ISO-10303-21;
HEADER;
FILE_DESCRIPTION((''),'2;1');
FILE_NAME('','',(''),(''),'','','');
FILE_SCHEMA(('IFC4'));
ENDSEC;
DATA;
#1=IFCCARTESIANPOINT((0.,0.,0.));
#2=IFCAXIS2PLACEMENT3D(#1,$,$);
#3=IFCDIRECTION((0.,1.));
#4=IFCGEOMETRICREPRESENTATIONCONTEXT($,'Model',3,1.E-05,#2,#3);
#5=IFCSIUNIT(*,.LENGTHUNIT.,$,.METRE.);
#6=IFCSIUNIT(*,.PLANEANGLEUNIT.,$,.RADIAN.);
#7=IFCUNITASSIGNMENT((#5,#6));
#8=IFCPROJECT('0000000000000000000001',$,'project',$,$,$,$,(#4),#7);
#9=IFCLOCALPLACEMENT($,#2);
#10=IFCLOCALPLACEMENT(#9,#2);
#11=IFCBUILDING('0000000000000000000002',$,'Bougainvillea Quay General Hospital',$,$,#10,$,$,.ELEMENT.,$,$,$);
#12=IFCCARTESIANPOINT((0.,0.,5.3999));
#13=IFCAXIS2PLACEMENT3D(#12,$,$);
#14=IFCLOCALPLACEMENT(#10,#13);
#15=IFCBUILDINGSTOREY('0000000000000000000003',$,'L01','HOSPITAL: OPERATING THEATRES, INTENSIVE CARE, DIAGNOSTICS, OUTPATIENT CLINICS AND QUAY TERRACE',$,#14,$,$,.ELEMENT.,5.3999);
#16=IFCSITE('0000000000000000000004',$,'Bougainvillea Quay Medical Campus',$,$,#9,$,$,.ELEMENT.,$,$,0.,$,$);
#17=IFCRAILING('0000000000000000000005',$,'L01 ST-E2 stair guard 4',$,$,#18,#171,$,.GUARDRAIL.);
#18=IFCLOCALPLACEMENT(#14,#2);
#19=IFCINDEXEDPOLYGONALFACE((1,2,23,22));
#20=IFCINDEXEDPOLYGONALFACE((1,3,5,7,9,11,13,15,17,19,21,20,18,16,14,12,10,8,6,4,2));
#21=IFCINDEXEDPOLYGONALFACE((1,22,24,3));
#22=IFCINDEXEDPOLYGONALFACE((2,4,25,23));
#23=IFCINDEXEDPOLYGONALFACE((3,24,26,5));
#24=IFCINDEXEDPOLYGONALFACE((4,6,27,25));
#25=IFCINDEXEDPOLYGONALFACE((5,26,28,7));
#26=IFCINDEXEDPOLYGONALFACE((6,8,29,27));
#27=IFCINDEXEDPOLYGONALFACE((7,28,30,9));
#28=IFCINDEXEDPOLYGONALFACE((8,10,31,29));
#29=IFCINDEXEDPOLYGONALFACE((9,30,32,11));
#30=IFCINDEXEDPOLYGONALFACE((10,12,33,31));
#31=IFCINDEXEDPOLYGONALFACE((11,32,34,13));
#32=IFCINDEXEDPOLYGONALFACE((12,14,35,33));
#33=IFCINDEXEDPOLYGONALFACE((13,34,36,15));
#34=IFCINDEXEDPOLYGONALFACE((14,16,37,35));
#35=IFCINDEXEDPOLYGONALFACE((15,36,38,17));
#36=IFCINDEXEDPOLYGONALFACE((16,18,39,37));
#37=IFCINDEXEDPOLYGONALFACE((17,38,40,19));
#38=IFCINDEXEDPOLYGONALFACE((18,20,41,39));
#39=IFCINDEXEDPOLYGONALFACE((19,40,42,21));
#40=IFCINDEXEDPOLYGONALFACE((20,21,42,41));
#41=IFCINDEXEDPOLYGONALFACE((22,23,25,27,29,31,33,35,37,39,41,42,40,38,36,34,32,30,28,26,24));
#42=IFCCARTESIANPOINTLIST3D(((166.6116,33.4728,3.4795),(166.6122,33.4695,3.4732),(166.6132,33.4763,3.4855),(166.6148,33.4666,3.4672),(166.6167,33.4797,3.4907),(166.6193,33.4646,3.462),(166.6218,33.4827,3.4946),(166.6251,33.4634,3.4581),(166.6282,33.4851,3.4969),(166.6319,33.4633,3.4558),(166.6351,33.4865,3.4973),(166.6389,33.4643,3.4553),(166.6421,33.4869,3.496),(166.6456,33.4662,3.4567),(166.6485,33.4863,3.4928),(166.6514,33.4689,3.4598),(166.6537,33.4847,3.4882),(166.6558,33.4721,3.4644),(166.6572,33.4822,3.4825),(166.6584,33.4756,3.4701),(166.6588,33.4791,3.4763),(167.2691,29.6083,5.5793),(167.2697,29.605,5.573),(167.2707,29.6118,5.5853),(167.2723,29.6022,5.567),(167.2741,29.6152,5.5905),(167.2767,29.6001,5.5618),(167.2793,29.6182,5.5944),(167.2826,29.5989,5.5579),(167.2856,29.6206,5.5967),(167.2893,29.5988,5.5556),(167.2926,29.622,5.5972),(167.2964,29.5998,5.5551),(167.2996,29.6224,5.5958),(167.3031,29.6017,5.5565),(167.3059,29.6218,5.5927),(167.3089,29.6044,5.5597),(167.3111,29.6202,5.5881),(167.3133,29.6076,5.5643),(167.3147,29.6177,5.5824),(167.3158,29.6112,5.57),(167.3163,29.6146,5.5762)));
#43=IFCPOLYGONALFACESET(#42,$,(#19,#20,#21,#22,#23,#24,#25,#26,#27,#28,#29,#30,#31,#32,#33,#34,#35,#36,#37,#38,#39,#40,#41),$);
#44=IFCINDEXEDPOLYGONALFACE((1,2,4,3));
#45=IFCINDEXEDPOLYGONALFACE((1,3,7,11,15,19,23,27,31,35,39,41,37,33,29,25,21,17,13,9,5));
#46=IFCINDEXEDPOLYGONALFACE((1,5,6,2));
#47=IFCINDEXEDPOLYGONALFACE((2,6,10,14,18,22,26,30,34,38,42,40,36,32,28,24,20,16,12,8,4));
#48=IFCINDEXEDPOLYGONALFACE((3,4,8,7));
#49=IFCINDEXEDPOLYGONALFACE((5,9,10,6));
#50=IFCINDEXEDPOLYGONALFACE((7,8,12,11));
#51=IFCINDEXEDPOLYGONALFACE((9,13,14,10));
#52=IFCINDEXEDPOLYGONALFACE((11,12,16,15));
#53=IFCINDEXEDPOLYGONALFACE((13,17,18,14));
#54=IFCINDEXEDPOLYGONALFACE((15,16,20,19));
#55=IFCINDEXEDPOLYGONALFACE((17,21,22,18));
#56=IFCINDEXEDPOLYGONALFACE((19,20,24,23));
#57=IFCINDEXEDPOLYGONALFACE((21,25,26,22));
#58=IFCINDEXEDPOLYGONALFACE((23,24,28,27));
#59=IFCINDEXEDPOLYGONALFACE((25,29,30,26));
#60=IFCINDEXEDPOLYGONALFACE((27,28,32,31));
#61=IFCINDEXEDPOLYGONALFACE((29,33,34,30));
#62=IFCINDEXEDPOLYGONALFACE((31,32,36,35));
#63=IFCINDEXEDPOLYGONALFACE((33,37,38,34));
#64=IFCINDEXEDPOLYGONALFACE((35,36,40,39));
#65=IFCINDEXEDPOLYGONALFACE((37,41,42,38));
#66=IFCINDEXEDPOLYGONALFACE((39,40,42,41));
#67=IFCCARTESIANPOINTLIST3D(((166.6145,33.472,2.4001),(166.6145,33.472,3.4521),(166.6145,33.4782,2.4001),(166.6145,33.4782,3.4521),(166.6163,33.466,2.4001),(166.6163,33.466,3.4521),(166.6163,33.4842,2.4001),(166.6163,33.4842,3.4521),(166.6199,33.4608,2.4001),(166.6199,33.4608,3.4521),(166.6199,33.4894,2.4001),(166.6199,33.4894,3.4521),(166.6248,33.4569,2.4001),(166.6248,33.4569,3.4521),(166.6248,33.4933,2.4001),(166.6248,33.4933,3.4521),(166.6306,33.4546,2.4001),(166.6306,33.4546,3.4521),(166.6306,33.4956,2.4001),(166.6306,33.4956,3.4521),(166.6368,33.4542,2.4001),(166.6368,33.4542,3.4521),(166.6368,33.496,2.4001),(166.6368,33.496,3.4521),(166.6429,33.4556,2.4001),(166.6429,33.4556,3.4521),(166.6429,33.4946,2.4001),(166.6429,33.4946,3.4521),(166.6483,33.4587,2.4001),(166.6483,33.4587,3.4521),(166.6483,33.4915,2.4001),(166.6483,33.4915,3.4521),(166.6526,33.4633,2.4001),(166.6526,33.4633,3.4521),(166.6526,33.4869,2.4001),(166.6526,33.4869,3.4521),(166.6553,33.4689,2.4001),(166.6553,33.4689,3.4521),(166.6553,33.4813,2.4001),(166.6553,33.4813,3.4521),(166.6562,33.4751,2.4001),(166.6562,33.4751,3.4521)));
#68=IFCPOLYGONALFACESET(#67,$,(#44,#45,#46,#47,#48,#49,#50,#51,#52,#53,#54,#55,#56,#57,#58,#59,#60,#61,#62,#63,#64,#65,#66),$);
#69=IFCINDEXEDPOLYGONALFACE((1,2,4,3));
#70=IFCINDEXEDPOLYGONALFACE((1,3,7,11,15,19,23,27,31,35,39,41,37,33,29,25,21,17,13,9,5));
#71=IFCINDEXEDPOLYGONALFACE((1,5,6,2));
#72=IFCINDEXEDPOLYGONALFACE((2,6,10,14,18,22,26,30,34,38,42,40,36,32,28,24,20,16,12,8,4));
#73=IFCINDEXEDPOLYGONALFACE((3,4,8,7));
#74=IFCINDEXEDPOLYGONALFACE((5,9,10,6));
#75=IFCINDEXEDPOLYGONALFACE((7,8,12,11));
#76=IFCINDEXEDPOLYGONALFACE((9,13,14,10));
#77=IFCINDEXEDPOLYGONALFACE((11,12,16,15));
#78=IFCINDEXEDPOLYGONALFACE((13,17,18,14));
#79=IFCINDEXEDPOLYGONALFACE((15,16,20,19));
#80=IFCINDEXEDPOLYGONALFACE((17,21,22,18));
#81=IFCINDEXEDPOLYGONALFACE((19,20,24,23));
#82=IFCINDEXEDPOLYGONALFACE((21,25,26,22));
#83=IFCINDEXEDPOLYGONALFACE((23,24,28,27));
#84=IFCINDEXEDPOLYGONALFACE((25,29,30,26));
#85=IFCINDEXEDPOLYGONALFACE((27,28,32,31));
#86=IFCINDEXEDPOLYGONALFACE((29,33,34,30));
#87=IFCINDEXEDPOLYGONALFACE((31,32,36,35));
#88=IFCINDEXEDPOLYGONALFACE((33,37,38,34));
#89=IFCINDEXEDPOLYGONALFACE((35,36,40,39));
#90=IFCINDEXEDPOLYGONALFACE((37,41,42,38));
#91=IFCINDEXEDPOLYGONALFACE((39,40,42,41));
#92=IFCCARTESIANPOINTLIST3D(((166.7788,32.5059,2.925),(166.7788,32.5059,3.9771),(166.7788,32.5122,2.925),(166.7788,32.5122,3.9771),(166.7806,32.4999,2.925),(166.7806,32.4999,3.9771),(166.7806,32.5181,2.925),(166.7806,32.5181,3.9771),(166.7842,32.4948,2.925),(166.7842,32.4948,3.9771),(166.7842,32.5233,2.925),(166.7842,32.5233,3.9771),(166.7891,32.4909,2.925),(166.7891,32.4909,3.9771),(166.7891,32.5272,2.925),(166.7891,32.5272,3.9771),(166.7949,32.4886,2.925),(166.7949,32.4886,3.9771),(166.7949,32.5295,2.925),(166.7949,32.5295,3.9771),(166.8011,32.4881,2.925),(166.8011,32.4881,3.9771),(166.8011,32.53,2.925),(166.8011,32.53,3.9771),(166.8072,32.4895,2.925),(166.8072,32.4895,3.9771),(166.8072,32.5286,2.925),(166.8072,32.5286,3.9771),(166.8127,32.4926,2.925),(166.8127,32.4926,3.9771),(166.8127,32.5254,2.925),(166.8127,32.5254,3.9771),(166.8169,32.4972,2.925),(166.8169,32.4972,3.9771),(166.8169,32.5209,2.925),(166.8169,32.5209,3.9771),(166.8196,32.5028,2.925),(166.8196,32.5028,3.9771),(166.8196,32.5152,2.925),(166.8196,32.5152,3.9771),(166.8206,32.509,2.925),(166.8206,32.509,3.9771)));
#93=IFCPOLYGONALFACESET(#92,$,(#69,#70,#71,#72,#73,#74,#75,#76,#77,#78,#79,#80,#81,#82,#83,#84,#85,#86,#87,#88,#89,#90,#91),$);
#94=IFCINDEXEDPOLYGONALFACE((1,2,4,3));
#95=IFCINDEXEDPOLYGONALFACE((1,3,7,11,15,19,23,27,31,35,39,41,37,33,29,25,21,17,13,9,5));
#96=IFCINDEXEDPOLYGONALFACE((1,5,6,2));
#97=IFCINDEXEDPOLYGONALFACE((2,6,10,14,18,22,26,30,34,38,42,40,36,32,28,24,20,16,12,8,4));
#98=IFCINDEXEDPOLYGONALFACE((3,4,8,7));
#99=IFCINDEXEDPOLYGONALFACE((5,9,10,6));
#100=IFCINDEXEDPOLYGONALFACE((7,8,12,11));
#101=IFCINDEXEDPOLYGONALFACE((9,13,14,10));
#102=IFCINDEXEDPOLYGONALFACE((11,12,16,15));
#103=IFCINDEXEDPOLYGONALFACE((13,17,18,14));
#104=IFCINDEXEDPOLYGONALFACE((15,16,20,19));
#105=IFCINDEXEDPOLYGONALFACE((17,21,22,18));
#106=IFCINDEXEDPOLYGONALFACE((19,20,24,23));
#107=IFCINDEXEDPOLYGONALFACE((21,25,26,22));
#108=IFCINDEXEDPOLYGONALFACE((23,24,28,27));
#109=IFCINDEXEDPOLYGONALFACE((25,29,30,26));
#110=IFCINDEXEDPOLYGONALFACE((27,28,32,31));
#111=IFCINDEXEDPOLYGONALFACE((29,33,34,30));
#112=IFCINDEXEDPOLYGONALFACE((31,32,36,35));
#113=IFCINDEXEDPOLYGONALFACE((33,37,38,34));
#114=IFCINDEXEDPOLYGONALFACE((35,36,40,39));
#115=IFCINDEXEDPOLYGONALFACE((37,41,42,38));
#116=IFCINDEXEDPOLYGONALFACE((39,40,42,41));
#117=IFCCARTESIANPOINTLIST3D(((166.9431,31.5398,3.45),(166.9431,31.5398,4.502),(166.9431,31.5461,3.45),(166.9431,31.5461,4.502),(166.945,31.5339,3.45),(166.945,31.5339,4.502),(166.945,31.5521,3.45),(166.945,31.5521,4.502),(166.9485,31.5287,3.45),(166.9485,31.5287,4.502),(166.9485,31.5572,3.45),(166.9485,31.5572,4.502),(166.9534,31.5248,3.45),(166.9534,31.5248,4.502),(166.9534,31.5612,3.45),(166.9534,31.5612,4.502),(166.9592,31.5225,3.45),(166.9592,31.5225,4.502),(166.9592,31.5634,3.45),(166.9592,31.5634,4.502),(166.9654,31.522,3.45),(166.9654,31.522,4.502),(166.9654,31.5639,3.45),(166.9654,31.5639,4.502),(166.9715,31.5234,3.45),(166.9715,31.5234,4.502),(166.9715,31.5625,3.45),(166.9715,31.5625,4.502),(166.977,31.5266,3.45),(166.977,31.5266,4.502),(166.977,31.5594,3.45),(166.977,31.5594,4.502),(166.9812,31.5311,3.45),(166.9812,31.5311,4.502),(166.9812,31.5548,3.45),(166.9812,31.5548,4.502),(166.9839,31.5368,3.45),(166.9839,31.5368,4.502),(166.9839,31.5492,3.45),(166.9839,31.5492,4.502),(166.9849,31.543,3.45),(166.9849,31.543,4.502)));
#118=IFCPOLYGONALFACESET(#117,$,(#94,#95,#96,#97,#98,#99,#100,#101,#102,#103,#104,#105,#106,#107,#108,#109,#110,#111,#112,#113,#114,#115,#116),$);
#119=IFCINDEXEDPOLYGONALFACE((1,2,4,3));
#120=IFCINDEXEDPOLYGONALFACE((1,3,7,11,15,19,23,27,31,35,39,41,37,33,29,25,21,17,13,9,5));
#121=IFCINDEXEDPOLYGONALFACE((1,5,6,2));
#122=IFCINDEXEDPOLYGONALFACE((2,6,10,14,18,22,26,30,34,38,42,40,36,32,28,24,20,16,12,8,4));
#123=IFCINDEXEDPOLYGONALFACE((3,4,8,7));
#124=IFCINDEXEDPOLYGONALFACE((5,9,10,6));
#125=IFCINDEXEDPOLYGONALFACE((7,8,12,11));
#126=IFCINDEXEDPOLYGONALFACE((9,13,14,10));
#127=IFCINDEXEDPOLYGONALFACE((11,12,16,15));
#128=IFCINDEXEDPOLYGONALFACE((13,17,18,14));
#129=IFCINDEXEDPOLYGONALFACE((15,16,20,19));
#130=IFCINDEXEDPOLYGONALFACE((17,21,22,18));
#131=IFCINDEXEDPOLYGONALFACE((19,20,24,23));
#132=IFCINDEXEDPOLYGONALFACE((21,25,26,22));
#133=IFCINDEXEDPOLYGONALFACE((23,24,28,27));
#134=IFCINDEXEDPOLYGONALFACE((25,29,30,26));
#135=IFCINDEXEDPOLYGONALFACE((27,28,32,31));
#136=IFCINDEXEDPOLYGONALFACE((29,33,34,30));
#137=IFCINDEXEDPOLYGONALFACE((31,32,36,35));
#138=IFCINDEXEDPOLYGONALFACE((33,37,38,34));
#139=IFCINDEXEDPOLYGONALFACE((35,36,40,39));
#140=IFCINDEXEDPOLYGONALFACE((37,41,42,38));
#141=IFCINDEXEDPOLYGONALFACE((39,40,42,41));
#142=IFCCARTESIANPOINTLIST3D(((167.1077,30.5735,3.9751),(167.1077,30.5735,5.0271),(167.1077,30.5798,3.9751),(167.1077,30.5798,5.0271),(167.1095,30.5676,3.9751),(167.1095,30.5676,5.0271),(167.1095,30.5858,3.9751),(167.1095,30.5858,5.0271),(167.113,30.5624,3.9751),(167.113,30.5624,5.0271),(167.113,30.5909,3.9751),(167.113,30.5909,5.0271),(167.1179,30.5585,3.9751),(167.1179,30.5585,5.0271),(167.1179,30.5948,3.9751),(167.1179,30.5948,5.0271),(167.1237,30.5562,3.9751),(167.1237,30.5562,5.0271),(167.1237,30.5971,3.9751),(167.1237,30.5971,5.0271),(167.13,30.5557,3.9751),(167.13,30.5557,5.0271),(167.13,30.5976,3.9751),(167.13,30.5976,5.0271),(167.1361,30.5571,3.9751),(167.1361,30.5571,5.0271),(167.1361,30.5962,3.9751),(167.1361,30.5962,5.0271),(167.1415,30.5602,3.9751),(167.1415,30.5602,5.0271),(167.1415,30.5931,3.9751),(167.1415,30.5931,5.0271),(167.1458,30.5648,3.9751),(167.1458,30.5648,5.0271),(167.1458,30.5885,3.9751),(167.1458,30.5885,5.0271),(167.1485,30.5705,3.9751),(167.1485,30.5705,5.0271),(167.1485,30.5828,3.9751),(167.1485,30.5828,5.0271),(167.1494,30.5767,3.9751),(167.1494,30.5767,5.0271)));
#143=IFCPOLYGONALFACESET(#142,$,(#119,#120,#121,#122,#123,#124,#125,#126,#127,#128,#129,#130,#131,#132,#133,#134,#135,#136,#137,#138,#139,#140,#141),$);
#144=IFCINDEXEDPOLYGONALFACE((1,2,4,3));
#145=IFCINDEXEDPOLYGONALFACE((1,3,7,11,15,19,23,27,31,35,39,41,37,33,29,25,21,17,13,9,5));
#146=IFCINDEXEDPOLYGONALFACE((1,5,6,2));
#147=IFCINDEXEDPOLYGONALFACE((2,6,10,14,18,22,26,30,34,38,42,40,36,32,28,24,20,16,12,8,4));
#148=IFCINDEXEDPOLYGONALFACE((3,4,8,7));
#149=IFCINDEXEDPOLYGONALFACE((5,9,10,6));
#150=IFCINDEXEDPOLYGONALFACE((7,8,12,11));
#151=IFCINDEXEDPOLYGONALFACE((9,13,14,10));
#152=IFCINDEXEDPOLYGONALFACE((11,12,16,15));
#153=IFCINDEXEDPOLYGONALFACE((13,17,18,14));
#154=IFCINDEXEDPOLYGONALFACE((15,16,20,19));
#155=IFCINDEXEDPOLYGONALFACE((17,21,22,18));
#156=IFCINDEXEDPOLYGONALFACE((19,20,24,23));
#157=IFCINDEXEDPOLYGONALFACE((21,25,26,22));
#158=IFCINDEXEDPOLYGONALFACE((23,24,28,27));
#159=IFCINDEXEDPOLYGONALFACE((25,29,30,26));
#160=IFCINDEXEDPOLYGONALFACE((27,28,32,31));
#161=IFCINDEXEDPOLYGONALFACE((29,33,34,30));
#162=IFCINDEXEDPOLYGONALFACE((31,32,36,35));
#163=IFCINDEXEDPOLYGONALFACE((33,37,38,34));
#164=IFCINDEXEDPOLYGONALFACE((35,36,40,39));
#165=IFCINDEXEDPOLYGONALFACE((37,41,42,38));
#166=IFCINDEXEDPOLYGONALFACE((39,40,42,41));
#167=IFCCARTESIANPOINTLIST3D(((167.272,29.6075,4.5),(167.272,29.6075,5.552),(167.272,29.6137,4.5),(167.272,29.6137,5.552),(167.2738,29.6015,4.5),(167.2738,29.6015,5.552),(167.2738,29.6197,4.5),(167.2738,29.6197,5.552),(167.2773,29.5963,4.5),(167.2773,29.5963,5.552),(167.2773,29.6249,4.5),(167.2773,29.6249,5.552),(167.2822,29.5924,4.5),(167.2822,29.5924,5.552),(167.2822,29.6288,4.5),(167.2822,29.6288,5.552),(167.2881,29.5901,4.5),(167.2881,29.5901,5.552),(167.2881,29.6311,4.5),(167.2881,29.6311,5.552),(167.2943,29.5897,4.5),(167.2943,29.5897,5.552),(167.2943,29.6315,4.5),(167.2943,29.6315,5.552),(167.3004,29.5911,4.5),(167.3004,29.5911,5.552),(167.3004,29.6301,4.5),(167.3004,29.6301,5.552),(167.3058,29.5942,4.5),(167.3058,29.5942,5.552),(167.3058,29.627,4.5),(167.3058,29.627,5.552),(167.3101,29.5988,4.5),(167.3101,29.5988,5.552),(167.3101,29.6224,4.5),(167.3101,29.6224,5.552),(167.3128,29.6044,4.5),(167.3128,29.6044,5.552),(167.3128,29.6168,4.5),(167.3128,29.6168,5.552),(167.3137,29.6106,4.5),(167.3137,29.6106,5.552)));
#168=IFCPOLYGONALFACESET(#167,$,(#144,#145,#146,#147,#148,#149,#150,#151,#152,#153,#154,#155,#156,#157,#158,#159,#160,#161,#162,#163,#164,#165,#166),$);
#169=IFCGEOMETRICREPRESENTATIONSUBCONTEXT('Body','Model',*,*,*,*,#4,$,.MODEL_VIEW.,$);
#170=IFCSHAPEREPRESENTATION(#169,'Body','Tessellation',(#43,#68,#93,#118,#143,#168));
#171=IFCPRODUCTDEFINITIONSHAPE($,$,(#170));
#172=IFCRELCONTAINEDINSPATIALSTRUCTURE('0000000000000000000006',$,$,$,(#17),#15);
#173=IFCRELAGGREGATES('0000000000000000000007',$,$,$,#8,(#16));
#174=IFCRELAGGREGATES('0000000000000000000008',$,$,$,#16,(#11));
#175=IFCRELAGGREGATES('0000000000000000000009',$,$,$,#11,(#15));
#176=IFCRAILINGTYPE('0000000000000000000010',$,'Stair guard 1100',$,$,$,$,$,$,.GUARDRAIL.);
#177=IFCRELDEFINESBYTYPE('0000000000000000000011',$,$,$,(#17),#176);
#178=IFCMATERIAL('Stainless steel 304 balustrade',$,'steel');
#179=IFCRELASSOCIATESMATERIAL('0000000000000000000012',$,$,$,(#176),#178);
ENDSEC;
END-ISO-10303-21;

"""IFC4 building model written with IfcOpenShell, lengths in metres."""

from ifc_helpers import new_model, si_unit, direction, frame, origin, origin_2d, place, context, subcontext, project, spatial, circle, extrude, material, type_object, element, save


model = new_model("IFC4")

# Units and contexts
model_context = context("Model", 3, precision=1e-05, world=origin(), true_north=direction((0.0, 1.0)))
body_context = subcontext(model_context, "Body", "Model", "MODEL_VIEW")
ifc_project = project(units=[si_unit("LENGTHUNIT", "METRE"), si_unit("PLANEANGLEUNIT", "RADIAN")], contexts=[model_context])

# Site, building, storey
site_placement = place(None, origin())
site = spatial("IfcSite", under=ifc_project, at=site_placement, Name="Bougainvillea Quay Medical Campus", CompositionType="ELEMENT", RefElevation=0.0)
building_placement = place(site_placement, origin())
building = spatial("IfcBuilding", under=site, at=building_placement, Name="Bougainvillea Quay General Hospital", CompositionType="ELEMENT")
storey_placement = place(building_placement, frame((0.0, 0.0, 5.3999)))
storey = spatial("IfcBuildingStorey", under=building, at=storey_placement, Name="L01", Description="HOSPITAL: OPERATING THEATRES, INTENSIVE CARE, DIAGNOSTICS, OUTPATIENT CLINICS AND QUAY TERRACE", CompositionType="ELEMENT", Elevation=5.3999)

# Railing
ifc_material_1 = material(Name="Stainless steel 304 balustrade", Category="steel")
railing_type_1 = type_object("IfcRailingType", Name="Stair guard 1100", PredefinedType="GUARDRAIL", material=ifc_material_1)
railing_1_placement = place(storey_placement, frame((166.6353, 33.4751, 2.4001)))
element("IfcRailing", 1, at=railing_1_placement, inside=storey, type_object=railing_type_1, Name="L01 ST-E2 stair guard 4", PredefinedType="GUARDRAIL", context=body_context, shape_type="SweptSolid", body=[
    extrude(circle(Radius=0.0239, at=origin_2d()), frame((0.0, 0.0, 1.0762), z_axis=(0.147845, -0.869008, 0.472193), x_axis=(0.985835, 0.167721, 0.0)), (0.0, 0.0, 1.0), 4.447),
    extrude(circle(Radius=0.021, at=origin_2d()), origin(), (0.0, 0.0, 1.0), 1.052),
    extrude(circle(Radius=0.021, at=origin_2d()), frame((0.1643, -0.9661, 0.5249)), (0.0, 0.0, 1.0), 1.052),
    extrude(circle(Radius=0.021, at=origin_2d()), frame((0.3286, -1.9321, 1.0498)), (0.0, 0.0, 1.0), 1.052),
    extrude(circle(Radius=0.021, at=origin_2d()), frame((0.4932, -2.8984, 1.575)), (0.0, 0.0, 1.0), 1.052),
    extrude(circle(Radius=0.021, at=origin_2d()), frame((0.6575, -3.8645, 2.0999)), (0.0, 0.0, 1.0), 1.052),
])

save(model, "model.ifc")
